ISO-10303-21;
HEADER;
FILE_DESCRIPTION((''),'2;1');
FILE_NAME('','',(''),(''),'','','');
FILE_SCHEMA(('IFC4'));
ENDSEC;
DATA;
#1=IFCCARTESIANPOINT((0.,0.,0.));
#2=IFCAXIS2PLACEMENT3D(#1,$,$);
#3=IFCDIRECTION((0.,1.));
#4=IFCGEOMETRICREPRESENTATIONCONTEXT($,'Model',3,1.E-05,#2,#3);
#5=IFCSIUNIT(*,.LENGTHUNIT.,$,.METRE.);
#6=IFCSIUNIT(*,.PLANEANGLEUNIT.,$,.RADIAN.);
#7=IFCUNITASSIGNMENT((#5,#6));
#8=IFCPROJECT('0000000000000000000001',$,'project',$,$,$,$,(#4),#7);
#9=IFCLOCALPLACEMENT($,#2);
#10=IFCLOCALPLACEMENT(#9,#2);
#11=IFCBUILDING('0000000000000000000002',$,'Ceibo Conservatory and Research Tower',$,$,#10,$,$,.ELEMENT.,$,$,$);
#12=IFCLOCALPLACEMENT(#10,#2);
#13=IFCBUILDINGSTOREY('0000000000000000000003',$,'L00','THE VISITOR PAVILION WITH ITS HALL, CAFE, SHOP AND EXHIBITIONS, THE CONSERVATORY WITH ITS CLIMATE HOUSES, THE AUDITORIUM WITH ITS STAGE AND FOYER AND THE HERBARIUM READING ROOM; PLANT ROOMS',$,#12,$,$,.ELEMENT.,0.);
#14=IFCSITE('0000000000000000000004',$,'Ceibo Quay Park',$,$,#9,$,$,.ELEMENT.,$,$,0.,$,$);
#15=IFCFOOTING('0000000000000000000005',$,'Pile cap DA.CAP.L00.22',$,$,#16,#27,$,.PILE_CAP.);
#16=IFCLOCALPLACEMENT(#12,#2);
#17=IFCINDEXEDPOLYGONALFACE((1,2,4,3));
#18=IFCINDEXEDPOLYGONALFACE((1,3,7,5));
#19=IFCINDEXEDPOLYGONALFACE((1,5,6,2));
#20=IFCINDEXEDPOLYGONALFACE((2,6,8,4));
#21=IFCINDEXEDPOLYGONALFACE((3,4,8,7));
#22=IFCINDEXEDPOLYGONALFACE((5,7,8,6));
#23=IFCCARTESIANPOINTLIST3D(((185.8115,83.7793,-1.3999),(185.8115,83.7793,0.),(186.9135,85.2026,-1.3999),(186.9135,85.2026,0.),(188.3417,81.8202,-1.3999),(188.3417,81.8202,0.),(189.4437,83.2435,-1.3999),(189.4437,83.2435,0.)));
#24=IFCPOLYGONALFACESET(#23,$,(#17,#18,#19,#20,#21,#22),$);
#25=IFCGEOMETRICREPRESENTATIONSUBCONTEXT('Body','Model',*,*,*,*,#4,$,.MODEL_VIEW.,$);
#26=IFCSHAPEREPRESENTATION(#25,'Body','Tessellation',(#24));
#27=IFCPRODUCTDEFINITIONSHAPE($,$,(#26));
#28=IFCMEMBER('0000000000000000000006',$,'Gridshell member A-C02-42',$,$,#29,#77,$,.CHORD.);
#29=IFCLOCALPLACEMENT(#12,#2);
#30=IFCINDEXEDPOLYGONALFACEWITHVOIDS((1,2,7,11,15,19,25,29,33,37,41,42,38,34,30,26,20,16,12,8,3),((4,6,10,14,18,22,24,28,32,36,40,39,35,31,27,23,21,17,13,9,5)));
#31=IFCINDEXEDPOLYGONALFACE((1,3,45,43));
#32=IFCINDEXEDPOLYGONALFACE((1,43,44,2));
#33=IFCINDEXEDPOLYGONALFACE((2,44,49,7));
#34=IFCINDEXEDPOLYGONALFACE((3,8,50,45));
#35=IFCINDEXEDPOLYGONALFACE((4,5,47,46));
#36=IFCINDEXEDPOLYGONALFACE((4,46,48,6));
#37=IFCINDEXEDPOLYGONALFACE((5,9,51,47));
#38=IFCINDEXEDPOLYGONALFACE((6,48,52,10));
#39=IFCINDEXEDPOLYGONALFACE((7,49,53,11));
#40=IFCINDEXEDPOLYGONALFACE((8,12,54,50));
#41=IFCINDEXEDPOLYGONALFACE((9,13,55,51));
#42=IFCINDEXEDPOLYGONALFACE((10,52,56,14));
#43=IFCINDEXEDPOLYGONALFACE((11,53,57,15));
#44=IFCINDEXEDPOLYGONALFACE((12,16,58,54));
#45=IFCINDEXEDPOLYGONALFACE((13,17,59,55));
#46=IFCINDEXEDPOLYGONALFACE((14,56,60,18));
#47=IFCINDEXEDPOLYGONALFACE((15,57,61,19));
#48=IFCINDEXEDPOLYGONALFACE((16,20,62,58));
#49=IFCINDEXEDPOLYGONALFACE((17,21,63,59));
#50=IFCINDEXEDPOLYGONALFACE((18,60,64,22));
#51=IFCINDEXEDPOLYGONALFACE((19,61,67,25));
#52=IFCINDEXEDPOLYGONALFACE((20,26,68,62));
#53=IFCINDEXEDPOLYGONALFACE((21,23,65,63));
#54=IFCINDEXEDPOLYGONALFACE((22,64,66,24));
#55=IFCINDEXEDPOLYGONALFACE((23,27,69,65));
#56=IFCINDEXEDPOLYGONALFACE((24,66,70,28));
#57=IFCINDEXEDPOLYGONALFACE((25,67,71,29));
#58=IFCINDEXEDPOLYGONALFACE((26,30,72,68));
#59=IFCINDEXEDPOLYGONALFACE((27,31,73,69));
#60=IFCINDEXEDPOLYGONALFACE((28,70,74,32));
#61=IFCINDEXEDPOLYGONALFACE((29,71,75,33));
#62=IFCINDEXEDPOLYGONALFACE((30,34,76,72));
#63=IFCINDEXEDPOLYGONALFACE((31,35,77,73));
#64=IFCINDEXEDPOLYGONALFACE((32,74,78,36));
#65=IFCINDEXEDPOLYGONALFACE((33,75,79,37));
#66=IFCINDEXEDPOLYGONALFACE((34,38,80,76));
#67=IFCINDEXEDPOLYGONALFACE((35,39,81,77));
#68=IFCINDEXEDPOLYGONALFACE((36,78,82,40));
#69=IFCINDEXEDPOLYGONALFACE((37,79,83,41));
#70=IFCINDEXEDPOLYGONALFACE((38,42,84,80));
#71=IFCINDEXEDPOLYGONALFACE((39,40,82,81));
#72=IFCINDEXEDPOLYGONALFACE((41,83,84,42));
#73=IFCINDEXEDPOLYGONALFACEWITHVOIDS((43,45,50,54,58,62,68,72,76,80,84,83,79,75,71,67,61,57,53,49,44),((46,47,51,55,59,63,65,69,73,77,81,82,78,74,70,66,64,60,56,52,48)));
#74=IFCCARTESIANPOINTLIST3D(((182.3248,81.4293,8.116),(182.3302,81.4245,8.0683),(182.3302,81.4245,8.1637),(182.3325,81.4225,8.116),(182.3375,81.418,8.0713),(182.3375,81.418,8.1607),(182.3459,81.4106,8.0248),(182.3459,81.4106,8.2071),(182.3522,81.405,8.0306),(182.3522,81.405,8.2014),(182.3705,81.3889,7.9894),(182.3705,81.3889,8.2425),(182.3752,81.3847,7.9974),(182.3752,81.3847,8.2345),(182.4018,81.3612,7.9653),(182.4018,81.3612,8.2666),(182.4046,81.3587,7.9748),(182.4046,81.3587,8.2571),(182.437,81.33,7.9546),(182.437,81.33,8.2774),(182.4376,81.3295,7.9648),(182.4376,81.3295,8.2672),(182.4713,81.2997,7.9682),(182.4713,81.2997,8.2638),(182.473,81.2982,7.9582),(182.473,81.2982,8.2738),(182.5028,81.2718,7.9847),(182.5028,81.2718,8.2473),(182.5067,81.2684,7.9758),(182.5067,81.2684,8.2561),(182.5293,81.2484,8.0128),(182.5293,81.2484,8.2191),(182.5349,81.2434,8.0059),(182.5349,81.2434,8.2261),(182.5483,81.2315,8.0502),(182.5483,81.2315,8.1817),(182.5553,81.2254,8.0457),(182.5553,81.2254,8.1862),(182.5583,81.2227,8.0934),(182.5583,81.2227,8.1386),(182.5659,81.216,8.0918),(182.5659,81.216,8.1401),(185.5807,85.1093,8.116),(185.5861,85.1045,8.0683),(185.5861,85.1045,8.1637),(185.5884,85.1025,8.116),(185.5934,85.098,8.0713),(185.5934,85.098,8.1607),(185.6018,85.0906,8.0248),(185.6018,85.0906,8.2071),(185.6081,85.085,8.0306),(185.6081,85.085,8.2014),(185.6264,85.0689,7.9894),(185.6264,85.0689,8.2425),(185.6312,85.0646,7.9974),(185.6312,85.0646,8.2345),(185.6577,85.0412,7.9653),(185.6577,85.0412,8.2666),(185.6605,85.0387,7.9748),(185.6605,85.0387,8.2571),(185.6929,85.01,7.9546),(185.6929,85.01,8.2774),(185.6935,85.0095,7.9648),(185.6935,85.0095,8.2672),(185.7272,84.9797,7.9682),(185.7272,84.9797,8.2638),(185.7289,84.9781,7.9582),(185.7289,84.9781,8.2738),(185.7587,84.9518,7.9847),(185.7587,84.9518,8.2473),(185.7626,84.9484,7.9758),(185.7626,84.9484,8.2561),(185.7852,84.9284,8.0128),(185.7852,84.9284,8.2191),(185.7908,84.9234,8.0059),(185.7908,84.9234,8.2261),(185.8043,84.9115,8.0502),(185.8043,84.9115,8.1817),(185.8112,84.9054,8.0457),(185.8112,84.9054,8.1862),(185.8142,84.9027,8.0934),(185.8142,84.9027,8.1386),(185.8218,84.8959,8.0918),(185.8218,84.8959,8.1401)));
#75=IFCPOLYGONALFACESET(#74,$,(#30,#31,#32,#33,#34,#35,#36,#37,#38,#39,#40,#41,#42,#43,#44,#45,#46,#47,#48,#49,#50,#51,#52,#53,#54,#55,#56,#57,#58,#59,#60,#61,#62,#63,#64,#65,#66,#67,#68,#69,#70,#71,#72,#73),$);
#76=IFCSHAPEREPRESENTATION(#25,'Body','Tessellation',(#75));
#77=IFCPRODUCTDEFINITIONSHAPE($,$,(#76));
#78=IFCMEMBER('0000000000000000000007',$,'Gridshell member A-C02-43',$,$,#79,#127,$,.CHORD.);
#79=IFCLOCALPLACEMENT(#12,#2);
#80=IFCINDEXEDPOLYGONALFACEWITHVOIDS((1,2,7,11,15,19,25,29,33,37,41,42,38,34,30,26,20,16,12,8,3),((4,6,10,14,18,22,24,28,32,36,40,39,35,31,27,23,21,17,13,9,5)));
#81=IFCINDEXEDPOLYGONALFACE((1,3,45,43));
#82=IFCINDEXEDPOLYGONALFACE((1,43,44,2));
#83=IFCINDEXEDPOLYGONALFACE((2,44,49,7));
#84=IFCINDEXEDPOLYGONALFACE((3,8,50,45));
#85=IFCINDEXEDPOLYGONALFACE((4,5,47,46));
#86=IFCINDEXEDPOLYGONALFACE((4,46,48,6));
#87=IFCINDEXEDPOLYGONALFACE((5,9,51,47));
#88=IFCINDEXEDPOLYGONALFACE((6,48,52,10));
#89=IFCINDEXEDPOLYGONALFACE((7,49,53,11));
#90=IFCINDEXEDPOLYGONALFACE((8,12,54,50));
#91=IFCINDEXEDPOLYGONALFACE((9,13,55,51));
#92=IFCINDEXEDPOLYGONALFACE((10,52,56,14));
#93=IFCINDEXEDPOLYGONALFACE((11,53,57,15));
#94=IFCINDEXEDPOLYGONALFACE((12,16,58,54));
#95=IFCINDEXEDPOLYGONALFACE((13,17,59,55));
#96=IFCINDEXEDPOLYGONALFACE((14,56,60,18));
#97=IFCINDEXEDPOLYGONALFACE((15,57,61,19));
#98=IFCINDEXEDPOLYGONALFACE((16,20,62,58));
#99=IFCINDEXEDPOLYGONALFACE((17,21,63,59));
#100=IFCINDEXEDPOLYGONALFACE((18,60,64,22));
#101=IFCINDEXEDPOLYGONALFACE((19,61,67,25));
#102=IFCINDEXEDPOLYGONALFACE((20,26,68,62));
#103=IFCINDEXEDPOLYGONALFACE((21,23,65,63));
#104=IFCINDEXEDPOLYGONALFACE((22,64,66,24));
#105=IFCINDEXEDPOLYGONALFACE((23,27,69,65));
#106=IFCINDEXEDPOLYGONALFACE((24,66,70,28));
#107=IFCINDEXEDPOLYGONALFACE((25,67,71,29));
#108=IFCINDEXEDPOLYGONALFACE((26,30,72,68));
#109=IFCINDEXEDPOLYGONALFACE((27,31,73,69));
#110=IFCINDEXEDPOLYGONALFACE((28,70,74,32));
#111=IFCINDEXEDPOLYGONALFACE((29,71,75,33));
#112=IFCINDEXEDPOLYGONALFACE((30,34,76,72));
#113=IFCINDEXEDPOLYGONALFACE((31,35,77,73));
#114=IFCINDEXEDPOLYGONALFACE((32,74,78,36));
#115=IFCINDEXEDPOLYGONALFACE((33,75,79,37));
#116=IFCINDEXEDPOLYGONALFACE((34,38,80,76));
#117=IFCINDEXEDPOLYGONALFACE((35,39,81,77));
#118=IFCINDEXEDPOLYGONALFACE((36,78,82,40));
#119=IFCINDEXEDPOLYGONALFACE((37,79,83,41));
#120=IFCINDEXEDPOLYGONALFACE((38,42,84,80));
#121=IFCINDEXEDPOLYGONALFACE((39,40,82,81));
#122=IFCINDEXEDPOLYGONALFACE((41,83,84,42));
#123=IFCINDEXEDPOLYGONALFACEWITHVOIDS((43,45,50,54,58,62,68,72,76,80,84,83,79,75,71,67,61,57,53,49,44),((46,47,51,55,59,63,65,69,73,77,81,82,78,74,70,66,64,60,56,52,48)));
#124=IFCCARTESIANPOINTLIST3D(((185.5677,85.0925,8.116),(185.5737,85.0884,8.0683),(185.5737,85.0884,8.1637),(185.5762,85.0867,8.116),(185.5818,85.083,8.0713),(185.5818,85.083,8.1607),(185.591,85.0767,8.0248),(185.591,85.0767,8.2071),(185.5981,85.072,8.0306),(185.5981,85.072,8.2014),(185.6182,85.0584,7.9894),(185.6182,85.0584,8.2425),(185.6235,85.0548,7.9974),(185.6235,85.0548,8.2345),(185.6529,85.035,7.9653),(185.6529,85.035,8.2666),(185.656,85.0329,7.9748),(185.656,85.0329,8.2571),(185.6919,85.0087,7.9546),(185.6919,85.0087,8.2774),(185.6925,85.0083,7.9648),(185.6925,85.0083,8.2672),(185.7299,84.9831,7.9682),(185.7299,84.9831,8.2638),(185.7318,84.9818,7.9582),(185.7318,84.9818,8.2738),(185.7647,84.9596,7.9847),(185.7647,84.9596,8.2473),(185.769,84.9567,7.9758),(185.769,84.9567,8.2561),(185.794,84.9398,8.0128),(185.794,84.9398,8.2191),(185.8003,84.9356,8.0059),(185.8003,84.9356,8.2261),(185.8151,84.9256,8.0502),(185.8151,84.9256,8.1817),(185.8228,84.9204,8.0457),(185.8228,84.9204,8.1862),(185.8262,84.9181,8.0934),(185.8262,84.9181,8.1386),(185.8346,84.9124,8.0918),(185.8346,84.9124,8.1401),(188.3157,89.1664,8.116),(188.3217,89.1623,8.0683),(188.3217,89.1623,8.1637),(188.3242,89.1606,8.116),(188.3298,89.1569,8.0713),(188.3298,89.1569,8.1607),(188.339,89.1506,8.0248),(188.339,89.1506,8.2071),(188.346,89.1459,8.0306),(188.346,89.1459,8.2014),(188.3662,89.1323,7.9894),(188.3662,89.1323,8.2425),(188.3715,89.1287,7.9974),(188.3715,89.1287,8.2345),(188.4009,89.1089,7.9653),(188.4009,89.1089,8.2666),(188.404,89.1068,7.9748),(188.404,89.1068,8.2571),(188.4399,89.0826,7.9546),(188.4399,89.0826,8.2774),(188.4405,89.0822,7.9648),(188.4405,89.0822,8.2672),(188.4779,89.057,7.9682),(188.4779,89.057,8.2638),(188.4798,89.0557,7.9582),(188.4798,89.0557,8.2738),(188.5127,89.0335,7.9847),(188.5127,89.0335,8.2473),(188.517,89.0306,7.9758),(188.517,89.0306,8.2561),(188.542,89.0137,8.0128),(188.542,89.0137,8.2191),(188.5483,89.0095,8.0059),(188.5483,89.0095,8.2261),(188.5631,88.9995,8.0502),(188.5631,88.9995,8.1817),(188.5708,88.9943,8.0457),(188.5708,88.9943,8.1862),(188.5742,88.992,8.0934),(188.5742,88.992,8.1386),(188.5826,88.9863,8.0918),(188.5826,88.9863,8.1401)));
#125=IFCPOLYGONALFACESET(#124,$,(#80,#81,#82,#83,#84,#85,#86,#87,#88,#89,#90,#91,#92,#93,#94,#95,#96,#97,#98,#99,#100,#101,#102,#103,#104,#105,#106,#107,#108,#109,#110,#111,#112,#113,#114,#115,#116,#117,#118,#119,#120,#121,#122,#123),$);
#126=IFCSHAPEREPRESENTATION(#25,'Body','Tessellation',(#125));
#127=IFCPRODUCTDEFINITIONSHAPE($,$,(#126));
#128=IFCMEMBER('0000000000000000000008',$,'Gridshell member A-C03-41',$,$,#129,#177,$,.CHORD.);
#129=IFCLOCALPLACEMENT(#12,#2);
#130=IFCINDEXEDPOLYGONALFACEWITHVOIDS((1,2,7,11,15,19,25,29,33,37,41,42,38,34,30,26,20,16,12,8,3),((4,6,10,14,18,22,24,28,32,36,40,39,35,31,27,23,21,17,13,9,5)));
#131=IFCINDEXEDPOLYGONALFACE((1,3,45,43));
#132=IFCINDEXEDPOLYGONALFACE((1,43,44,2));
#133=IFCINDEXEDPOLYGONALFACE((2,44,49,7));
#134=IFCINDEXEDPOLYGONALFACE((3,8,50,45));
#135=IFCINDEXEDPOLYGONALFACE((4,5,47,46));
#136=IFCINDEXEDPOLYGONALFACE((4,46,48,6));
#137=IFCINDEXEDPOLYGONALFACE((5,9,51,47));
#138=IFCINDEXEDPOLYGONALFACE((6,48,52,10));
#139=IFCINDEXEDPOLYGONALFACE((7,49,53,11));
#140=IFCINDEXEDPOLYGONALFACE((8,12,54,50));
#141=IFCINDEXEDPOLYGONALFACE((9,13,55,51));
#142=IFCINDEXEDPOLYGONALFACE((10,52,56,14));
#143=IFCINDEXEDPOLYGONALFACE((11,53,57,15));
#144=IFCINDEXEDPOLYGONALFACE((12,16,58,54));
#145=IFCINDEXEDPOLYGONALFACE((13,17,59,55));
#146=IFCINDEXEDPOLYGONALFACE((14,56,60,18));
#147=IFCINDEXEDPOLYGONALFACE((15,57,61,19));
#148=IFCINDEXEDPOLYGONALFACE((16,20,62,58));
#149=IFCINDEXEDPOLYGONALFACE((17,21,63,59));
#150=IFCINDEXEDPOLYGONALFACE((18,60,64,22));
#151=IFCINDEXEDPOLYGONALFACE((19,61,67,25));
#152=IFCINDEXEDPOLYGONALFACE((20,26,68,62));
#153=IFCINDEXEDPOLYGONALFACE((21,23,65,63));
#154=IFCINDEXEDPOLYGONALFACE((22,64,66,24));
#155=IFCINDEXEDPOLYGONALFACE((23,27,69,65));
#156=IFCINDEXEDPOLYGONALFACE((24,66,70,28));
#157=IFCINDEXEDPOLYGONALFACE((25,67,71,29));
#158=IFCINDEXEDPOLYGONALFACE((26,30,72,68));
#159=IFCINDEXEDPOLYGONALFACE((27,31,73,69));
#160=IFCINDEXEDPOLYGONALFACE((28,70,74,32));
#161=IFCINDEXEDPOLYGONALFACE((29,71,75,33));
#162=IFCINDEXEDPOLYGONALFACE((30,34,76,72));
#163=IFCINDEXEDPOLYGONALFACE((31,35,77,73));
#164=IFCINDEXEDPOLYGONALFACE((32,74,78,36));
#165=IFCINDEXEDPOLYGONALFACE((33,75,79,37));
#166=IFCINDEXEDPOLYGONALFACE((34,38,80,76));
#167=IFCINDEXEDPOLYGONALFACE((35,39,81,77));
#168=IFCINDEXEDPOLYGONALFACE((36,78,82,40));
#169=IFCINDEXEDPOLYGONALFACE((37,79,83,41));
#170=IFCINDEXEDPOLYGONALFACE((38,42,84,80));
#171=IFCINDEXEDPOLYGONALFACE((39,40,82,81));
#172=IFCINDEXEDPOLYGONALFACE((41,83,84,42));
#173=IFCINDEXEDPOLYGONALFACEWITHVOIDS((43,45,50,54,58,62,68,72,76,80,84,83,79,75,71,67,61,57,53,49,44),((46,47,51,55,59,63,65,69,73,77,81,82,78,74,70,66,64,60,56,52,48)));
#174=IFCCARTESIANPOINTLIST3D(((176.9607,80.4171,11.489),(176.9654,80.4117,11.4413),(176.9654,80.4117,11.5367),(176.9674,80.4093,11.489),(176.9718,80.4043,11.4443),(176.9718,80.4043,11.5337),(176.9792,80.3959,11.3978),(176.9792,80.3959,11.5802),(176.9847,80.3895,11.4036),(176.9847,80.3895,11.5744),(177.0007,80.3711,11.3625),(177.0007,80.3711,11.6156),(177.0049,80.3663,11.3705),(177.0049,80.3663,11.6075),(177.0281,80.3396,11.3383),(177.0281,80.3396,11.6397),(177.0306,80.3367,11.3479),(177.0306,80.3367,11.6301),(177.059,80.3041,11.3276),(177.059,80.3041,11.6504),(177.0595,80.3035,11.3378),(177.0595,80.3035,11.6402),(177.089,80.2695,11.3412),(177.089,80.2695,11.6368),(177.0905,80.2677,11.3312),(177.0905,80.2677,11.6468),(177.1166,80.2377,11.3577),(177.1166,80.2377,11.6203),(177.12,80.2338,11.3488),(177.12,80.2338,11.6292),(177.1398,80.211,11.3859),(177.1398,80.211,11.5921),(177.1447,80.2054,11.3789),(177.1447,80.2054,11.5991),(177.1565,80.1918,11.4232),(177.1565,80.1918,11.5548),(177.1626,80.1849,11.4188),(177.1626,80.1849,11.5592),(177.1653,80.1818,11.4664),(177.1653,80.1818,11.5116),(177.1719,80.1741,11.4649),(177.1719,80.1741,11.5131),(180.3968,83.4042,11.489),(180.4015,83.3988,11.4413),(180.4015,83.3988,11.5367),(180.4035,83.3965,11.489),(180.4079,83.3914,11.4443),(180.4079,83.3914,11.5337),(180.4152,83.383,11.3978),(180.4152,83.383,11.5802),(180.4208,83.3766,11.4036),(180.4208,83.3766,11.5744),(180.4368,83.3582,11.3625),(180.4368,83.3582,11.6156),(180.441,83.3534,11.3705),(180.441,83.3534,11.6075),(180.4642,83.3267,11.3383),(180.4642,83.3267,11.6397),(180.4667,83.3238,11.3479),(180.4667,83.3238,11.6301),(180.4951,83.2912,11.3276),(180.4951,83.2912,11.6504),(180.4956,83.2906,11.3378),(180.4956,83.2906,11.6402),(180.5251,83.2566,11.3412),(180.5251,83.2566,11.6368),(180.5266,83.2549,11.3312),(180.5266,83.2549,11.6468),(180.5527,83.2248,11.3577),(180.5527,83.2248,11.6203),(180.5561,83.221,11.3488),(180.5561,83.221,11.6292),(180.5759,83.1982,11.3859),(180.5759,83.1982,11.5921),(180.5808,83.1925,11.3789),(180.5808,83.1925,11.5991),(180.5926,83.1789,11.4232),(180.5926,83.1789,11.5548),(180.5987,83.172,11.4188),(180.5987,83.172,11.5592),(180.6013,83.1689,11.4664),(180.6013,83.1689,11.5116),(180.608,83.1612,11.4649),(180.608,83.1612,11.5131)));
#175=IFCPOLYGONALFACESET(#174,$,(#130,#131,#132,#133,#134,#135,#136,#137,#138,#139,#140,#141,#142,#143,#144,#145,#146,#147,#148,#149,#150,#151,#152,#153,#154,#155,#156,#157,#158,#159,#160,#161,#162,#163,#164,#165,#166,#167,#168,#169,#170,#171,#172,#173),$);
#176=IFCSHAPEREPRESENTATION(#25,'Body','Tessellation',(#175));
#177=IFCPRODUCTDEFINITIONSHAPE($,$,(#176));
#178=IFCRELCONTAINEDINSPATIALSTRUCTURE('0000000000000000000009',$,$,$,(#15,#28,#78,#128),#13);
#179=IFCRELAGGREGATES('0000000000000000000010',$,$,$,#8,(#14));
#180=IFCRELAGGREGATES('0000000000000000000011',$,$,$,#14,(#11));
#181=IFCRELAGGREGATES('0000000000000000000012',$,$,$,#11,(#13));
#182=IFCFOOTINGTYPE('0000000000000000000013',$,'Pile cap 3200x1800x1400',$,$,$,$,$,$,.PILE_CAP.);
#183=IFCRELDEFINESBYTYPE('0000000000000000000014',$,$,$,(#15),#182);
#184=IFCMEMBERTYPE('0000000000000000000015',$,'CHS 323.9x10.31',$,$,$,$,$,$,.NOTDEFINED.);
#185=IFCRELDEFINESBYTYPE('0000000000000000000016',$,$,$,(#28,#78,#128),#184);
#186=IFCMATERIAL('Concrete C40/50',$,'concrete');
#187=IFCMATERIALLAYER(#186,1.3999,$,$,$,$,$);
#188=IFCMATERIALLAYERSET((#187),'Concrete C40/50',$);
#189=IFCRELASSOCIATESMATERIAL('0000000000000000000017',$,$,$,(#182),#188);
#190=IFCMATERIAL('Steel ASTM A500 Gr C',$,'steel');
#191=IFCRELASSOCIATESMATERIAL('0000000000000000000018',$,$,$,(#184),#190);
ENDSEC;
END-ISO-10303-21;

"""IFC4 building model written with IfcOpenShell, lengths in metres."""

from ifc_helpers import new_model, si_unit, direction, frame, origin, origin_2d, place, context, subcontext, project, spatial, polyline, hollow_circle, outline, extrude, material, layer, layer_set, material_profile, profile_set, type_object, element, save


model = new_model("IFC4")

# Units and contexts
model_context = context("Model", 3, precision=1e-05, world=origin(), true_north=direction((0.0, 1.0)))
body_context = subcontext(model_context, "Body", "Model", "MODEL_VIEW")
ifc_project = project(units=[si_unit("LENGTHUNIT", "METRE"), si_unit("PLANEANGLEUNIT", "RADIAN")], contexts=[model_context])

# Site, building, storey
site_placement = place(None, origin())
site = spatial("IfcSite", under=ifc_project, at=site_placement, Name="Ceibo Quay Park", CompositionType="ELEMENT", RefElevation=0.0)
building_placement = place(site_placement, origin())
building = spatial("IfcBuilding", under=site, at=building_placement, Name="Ceibo Conservatory and Research Tower", CompositionType="ELEMENT")
storey_placement = place(building_placement, origin())
storey = spatial("IfcBuildingStorey", under=building, at=storey_placement, Name="L00", Description="THE VISITOR PAVILION WITH ITS HALL, CAFE, SHOP AND EXHIBITIONS, THE CONSERVATORY WITH ITS CLIMATE HOUSES, THE AUDITORIUM WITH ITS STAGE AND FOYER AND THE HERBARIUM READING ROOM; PLANT ROOMS", CompositionType="ELEMENT", Elevation=0.0)

# Footing
ifc_material_1 = material(Name="Concrete C40/50", Category="concrete")
ifc_layer_1 = layer(ifc_material_1, 1.3999)
ifc_layer_set_1 = layer_set([ifc_layer_1], Name="Concrete C40/50")
footing_type = type_object("IfcFootingType", Name="Pile cap 3200x1800x1400", PredefinedType="PILE_CAP", material=ifc_layer_set_1)
footing_placement = place(storey_placement, frame((185.8115, 83.7793, -1.3999), z_axis=(0.0, 0.0, 1.0), x_axis=(0.79069, -0.612217, 0.0)))
element("IfcFooting", 1, at=footing_placement, inside=storey, type_object=footing_type, Name="Pile cap DA.CAP.L00.22", PredefinedType="PILE_CAP", context=body_context, shape_type="SweptSolid", body=[
    extrude(outline(polyline([(0.0, 0.0), (3.2, 0.0), (3.2, 1.8), (0.0, 1.8), (0.0, 0.0)])), origin(), (0.0, 0.0, 1.0), 1.3999),
])

# Members
ifc_material_2 = material(Name="Steel ASTM A500 Gr C", Category="steel")
ifc_material_profile_1 = material_profile(ifc_material_2, hollow_circle(Radius=0.1619, WallThickness=0.0103, at=origin_2d()), Name="CHS 323.9x10.31")
ifc_profile_set_1 = profile_set([ifc_material_profile_1], Name="Steel ASTM A500 Gr C")
member_type_1 = type_object("IfcMemberType", Name="CHS 323.9x10.31", PredefinedType="NOTDEFINED", material=ifc_profile_set_1)
member_1_placement = place(storey_placement, frame((182.446, 81.322, 8.116), z_axis=(0.662635, 0.748943, 0.0), x_axis=(-0.748943, 0.662635, 0.0)))
element("IfcMember", 2, at=member_1_placement, inside=storey, type_object=member_type_1, Name="Gridshell member A-C02-42", PredefinedType="CHORD", context=body_context, shape_type="SweptSolid", body=[
    extrude(hollow_circle(Radius=0.1619, WallThickness=0.0103, at=origin_2d()), origin(), (0.0, 0.0, 1.0), 4.9136),
])
member_2_placement = place(storey_placement, frame((185.7019, 85.002, 8.116), z_axis=(0.559209, 0.829027, 0.0), x_axis=(-0.829027, 0.559209, 0.0)))
element("IfcMember", 3, at=member_2_placement, inside=storey, type_object=member_type_1, Name="Gridshell member A-C02-43", PredefinedType="CHORD", context=body_context, shape_type="SweptSolid", body=[
    extrude(hollow_circle(Radius=0.1619, WallThickness=0.0103, at=origin_2d()), origin(), (0.0, 0.0, 1.0), 4.9141),
])
member_3_placement = place(storey_placement, frame((177.0669, 80.2949, 11.489), z_axis=(0.754692, 0.656079, 0.0), x_axis=(-0.656079, 0.754692, 0.0)))
element("IfcMember", 4, at=member_3_placement, inside=storey, type_object=member_type_1, Name="Gridshell member A-C03-41", PredefinedType="CHORD", context=body_context, shape_type="SweptSolid", body=[
    extrude(hollow_circle(Radius=0.1619, WallThickness=0.0103, at=origin_2d()), origin(), (0.0, 0.0, 1.0), 4.553),
])

save(model, "model.ifc")
